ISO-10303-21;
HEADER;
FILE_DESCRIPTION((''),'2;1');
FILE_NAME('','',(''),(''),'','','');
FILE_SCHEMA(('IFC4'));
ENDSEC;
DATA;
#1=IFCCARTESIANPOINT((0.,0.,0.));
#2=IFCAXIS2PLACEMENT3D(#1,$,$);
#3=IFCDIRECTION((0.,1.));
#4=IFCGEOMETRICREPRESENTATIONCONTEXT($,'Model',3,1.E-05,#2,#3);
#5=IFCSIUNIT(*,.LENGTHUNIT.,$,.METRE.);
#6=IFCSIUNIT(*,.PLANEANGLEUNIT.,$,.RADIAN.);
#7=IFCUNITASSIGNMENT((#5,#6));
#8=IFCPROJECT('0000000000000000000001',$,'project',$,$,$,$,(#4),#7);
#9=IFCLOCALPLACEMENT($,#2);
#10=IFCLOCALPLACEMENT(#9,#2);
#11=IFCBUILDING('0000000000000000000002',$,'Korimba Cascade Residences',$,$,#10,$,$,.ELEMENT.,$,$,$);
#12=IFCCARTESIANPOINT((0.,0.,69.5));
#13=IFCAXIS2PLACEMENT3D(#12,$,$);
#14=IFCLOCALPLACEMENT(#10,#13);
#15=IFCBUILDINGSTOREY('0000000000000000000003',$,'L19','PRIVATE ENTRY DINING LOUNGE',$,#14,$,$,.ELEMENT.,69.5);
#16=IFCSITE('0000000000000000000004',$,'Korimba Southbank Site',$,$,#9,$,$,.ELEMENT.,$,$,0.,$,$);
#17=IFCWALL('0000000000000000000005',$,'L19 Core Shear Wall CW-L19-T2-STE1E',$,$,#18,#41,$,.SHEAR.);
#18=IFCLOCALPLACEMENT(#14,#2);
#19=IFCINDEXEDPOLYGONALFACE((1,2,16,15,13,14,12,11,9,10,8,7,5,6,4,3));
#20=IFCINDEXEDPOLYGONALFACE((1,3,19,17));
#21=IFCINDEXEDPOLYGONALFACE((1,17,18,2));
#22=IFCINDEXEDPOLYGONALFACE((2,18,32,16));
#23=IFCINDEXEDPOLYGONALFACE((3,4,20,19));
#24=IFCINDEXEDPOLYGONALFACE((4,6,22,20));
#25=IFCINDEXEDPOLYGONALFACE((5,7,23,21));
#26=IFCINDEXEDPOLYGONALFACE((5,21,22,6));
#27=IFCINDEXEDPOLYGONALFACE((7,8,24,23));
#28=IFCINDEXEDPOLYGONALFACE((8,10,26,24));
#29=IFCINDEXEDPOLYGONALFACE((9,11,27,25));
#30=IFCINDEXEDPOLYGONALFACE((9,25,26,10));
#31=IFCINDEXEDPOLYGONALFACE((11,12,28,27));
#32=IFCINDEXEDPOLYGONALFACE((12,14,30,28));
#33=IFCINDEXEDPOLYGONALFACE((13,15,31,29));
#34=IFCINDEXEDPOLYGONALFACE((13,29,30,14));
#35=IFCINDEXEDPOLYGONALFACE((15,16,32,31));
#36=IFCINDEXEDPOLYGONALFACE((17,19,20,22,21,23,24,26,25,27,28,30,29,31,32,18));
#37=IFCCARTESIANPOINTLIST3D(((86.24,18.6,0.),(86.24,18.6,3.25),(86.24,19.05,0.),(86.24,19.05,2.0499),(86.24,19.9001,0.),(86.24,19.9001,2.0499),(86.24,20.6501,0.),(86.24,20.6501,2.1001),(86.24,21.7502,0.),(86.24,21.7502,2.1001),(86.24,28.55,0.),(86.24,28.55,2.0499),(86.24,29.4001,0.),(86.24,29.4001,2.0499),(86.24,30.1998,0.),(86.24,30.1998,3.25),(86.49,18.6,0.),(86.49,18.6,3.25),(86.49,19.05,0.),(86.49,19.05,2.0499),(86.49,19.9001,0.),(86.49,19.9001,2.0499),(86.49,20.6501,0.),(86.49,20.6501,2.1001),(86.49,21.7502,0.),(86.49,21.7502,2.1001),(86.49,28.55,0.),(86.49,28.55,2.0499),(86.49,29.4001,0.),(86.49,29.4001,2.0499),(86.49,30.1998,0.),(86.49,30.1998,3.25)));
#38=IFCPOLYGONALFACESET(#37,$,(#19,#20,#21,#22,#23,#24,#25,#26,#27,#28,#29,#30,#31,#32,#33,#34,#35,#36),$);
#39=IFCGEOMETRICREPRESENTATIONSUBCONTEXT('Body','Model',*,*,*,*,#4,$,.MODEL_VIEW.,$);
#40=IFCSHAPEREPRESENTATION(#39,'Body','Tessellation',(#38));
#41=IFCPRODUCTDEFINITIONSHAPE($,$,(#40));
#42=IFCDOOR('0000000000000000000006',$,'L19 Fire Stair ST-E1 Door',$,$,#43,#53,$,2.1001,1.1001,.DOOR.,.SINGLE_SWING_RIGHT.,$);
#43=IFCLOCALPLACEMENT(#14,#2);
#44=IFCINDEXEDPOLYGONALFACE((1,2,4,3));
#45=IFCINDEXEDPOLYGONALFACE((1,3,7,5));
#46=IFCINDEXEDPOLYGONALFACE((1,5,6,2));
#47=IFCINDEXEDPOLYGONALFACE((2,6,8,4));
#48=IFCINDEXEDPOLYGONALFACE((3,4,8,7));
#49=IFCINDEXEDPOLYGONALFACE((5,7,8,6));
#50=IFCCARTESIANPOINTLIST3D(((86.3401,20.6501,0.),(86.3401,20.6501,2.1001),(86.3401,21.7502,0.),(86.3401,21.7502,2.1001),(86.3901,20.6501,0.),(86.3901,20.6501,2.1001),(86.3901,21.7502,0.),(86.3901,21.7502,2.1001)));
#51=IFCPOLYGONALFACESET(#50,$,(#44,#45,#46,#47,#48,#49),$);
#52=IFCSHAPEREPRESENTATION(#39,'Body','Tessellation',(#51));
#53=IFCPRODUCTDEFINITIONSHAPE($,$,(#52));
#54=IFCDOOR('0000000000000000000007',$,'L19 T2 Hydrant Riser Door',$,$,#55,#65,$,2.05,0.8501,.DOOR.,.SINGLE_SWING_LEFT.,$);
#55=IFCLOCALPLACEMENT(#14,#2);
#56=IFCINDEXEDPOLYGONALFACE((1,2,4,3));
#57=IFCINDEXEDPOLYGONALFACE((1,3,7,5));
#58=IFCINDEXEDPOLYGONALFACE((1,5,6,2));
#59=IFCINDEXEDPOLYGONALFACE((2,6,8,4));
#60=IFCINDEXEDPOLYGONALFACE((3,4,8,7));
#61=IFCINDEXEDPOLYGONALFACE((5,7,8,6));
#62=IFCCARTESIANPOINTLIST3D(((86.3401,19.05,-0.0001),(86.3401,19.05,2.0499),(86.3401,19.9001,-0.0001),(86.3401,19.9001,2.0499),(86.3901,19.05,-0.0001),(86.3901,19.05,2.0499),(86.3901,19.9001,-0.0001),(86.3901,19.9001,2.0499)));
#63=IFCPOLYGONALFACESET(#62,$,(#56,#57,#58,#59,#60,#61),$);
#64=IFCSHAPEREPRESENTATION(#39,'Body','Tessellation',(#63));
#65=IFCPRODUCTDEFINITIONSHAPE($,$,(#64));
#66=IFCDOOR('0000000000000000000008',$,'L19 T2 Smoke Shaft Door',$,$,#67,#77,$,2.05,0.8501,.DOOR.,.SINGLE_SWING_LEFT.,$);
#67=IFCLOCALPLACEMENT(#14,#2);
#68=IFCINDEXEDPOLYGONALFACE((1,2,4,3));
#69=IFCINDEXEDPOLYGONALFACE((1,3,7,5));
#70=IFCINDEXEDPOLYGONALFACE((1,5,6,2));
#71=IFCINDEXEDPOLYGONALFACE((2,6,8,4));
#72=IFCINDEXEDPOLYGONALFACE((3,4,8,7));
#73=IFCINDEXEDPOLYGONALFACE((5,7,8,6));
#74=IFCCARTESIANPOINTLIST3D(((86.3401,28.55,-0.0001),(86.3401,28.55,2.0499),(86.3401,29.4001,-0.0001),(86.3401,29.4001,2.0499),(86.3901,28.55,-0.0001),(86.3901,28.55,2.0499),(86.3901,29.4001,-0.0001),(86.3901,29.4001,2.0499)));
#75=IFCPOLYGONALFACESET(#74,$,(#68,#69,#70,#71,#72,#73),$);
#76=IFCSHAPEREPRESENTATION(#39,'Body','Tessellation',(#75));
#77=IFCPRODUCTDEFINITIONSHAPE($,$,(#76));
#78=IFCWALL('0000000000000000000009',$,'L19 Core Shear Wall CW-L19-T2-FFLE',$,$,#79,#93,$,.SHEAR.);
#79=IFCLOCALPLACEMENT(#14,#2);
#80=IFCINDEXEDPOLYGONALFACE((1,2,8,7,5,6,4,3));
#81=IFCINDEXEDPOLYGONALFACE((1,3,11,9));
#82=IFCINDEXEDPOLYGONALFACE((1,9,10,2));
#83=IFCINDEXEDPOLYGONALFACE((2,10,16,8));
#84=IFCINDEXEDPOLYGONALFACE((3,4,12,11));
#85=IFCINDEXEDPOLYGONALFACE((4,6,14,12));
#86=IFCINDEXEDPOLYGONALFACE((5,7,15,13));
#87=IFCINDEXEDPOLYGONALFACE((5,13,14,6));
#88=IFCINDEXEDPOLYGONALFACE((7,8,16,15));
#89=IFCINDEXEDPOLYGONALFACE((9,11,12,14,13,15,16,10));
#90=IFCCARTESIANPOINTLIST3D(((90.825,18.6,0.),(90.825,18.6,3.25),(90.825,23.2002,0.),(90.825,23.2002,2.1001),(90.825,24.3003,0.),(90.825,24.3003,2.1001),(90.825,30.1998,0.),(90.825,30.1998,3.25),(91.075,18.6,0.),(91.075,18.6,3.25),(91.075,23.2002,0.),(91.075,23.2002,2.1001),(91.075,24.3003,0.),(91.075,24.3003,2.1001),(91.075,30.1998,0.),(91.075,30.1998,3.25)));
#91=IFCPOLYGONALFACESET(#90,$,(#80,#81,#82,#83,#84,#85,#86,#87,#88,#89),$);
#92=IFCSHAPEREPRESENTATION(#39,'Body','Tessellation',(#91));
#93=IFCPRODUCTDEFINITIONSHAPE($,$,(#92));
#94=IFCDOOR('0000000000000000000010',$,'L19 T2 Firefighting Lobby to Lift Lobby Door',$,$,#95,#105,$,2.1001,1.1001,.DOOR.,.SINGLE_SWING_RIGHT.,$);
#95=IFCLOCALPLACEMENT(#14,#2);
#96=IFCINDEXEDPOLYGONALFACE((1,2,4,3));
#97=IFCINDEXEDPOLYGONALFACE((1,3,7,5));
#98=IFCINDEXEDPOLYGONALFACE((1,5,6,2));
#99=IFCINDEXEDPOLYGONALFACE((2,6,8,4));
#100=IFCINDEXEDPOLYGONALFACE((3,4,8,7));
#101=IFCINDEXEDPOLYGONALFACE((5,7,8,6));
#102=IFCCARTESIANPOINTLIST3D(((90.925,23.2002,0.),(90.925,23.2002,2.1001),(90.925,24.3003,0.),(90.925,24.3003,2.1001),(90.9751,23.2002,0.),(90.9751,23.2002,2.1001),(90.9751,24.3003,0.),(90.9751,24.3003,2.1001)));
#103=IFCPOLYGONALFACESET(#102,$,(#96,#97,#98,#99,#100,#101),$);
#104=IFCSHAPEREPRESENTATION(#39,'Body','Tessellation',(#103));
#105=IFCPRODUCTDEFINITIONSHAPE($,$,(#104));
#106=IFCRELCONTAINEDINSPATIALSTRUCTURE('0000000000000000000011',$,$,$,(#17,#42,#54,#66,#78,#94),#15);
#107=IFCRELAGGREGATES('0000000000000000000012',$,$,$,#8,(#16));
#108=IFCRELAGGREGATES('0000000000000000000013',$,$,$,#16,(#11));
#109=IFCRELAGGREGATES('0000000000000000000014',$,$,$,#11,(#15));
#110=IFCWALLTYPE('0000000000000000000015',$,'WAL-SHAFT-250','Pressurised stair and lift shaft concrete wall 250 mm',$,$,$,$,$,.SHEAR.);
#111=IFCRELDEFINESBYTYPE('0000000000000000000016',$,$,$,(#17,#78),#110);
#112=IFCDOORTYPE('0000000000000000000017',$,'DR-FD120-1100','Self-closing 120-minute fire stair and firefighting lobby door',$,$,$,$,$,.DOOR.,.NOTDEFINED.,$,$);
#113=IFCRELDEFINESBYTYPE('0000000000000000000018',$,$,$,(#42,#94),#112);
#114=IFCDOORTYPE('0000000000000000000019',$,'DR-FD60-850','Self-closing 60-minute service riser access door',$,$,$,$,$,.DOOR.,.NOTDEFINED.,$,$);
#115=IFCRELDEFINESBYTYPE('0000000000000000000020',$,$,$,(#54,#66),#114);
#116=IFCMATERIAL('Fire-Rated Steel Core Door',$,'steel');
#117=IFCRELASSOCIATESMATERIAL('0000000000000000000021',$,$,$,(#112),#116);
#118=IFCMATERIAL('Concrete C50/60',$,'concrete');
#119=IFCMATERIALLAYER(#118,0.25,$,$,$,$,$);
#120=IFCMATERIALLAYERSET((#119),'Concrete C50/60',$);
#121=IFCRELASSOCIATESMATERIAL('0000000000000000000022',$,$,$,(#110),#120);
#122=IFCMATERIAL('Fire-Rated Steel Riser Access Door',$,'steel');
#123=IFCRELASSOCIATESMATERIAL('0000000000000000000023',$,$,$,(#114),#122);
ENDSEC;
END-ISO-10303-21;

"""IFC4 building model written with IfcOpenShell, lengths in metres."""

from ifc_helpers import new_model, si_unit, direction, frame, frame_2d, origin, place, context, subcontext, project, spatial, rectangle, extrude, material, layer, layer_set, type_object, element, fill, save


model = new_model("IFC4")

# Units and contexts
model_context = context("Model", 3, precision=1e-05, world=origin(), true_north=direction((0.0, 1.0)))
body_context = subcontext(model_context, "Body", "Model", "MODEL_VIEW")
ifc_project = project(units=[si_unit("LENGTHUNIT", "METRE"), si_unit("PLANEANGLEUNIT", "RADIAN")], contexts=[model_context])

# Site, building, storey
site_placement = place(None, origin())
site = spatial("IfcSite", under=ifc_project, at=site_placement, Name="Korimba Southbank Site", CompositionType="ELEMENT", RefElevation=0.0)
building_placement = place(site_placement, origin())
building = spatial("IfcBuilding", under=site, at=building_placement, Name="Korimba Cascade Residences", CompositionType="ELEMENT")
storey_placement = place(building_placement, frame((0.0, 0.0, 69.5)))
storey = spatial("IfcBuildingStorey", under=building, at=storey_placement, Name="L19", Description="PRIVATE ENTRY DINING LOUNGE", CompositionType="ELEMENT", Elevation=69.5)

# Shared definitions
ifc_material_1 = material(Name="Concrete C50/60", Category="concrete")

# Shared definitions
ifc_material_2 = material(Name="Fire-Rated Steel Core Door", Category="steel")
door_type_1 = type_object("IfcDoorType", Name="DR-FD120-1100", Description="Self-closing 120-minute fire stair and firefighting lobby door", OperationType="NOTDEFINED", PredefinedType="DOOR", material=ifc_material_2)

# Wall, openings, doors
ifc_layer_1 = layer(ifc_material_1, 0.25)
ifc_layer_set_1 = layer_set([ifc_layer_1], Name="Concrete C50/60")
wall_type_1 = type_object("IfcWallType", Name="WAL-SHAFT-250", Description="Pressurised stair and lift shaft concrete wall 250 mm", PredefinedType="SHEAR", material=ifc_layer_set_1)
wall_1_placement = place(storey_placement, frame((86.365, 18.6001, 0.0), z_axis=(0.0, 0.0, 1.0), x_axis=(0.0, 1.0, 0.0)))
wall_1 = element("IfcWall", 1, at=wall_1_placement, inside=storey, type_object=wall_type_1, Name="L19 Core Shear Wall CW-L19-T2-STE1E", PredefinedType="SHEAR", context=body_context, shape_type="SweptSolid", body=[
    extrude(rectangle(XDim=11.5999, YDim=0.25, at=frame_2d((5.7998, 0.0))), origin(), (0.0, 0.0, 1.0), 3.25),
])
opening_1_placement = place(wall_1_placement, frame((0.45, 0.0, 0.0)))
opening_1 = element("IfcOpeningElement", 2, at=opening_1_placement, cuts=wall_1, PredefinedType="OPENING", context=body_context, shape_type="SweptSolid", body=[
    extrude(rectangle(XDim=0.8501, YDim=2.05, at=frame_2d((0.425, 1.0249))), frame((0.0, 0.135, 0.0), z_axis=(0.0, -1.0, 0.0), x_axis=(1.0, 0.0, 0.0)), (0.0, 0.0, 1.0), 0.27),
])
opening_2_placement = place(wall_1_placement, frame((2.05, 0.0, 0.0)))
opening_2 = element("IfcOpeningElement", 3, at=opening_2_placement, cuts=wall_1, PredefinedType="OPENING", context=body_context, shape_type="SweptSolid", body=[
    extrude(rectangle(XDim=1.1001, YDim=2.1001, at=frame_2d((0.55, 1.05))), frame((0.0, 0.135, 0.0), z_axis=(0.0, -1.0, 0.0), x_axis=(1.0, 0.0, 0.0)), (0.0, 0.0, 1.0), 0.27),
])
opening_3_placement = place(wall_1_placement, frame((9.95, 0.0, 0.0)))
opening_3 = element("IfcOpeningElement", 4, at=opening_3_placement, cuts=wall_1, PredefinedType="OPENING", context=body_context, shape_type="SweptSolid", body=[
    extrude(rectangle(XDim=0.8501, YDim=2.05, at=frame_2d((0.425, 1.0249))), frame((0.0, 0.135, 0.0), z_axis=(0.0, -1.0, 0.0), x_axis=(1.0, 0.0, 0.0)), (0.0, 0.0, 1.0), 0.27),
])
door_1_placement = place(opening_2_placement, origin())
door_1 = element("IfcDoor", 5, at=door_1_placement, inside=storey, type_object=door_type_1, Name="L19 Fire Stair ST-E1 Door", OperationType="SINGLE_SWING_RIGHT", OverallHeight=2.1001, OverallWidth=1.1001, PredefinedType="DOOR", context=body_context, shape_type="SweptSolid", body=[
    extrude(rectangle(XDim=1.1001, YDim=2.1001, at=frame_2d((0.55, 1.05))), frame((0.0, 0.0249, 0.0), z_axis=(0.0, -1.0, 0.0), x_axis=(1.0, 0.0, 0.0)), (0.0, 0.0, 1.0), 0.05),
])
fill(opening_2, door_1)
ifc_material_3 = material(Name="Fire-Rated Steel Riser Access Door", Category="steel")
door_type_2 = type_object("IfcDoorType", Name="DR-FD60-850", Description="Self-closing 60-minute service riser access door", OperationType="NOTDEFINED", PredefinedType="DOOR", material=ifc_material_3)
door_2_placement = place(opening_1_placement, origin())
door_2 = element("IfcDoor", 6, at=door_2_placement, inside=storey, type_object=door_type_2, Name="L19 T2 Hydrant Riser Door", OperationType="SINGLE_SWING_LEFT", OverallHeight=2.05, OverallWidth=0.8501, PredefinedType="DOOR", context=body_context, shape_type="SweptSolid", body=[
    extrude(rectangle(XDim=0.8501, YDim=2.05, at=frame_2d((0.425, 1.0249))), frame((0.0, 0.0249, 0.0), z_axis=(0.0, -1.0, 0.0), x_axis=(1.0, 0.0, 0.0)), (0.0, 0.0, 1.0), 0.05),
])
fill(opening_1, door_2)
door_3_placement = place(opening_3_placement, origin())
door_3 = element("IfcDoor", 7, at=door_3_placement, inside=storey, type_object=door_type_2, Name="L19 T2 Smoke Shaft Door", OperationType="SINGLE_SWING_LEFT", OverallHeight=2.05, OverallWidth=0.8501, PredefinedType="DOOR", context=body_context, shape_type="SweptSolid", body=[
    extrude(rectangle(XDim=0.8501, YDim=2.05, at=frame_2d((0.425, 1.0249))), frame((0.0, 0.0249, 0.0), z_axis=(0.0, -1.0, 0.0), x_axis=(1.0, 0.0, 0.0)), (0.0, 0.0, 1.0), 0.05),
])
fill(opening_3, door_3)

# Wall, opening, door
wall_2_placement = place(storey_placement, frame((90.95, 18.6001, 0.0), z_axis=(0.0, 0.0, 1.0), x_axis=(0.0, 1.0, 0.0)))
wall_2 = element("IfcWall", 8, at=wall_2_placement, inside=storey, type_object=wall_type_1, Name="L19 Core Shear Wall CW-L19-T2-FFLE", PredefinedType="SHEAR", context=body_context, shape_type="SweptSolid", body=[
    extrude(rectangle(XDim=11.5999, YDim=0.25, at=frame_2d((5.7998, 0.0))), origin(), (0.0, 0.0, 1.0), 3.25),
])
opening_4_placement = place(wall_2_placement, frame((4.6001, 0.0, 0.0)))
opening_4 = element("IfcOpeningElement", 9, at=opening_4_placement, cuts=wall_2, PredefinedType="OPENING", context=body_context, shape_type="SweptSolid", body=[
    extrude(rectangle(XDim=1.1001, YDim=2.1001, at=frame_2d((0.55, 1.05))), frame((0.0, 0.135, 0.0), z_axis=(0.0, -1.0, 0.0), x_axis=(1.0, 0.0, 0.0)), (0.0, 0.0, 1.0), 0.27),
])
door_4_placement = place(opening_4_placement, origin())
door_4 = element("IfcDoor", 10, at=door_4_placement, inside=storey, type_object=door_type_1, Name="L19 T2 Firefighting Lobby to Lift Lobby Door", OperationType="SINGLE_SWING_RIGHT", OverallHeight=2.1001, OverallWidth=1.1001, PredefinedType="DOOR", context=body_context, shape_type="SweptSolid", body=[
    extrude(rectangle(XDim=1.1001, YDim=2.1001, at=frame_2d((0.55, 1.05))), frame((0.0, 0.0249, 0.0), z_axis=(0.0, -1.0, 0.0), x_axis=(1.0, 0.0, 0.0)), (0.0, 0.0, 1.0), 0.05),
])
fill(opening_4, door_4)

save(model, "model.ifc")
